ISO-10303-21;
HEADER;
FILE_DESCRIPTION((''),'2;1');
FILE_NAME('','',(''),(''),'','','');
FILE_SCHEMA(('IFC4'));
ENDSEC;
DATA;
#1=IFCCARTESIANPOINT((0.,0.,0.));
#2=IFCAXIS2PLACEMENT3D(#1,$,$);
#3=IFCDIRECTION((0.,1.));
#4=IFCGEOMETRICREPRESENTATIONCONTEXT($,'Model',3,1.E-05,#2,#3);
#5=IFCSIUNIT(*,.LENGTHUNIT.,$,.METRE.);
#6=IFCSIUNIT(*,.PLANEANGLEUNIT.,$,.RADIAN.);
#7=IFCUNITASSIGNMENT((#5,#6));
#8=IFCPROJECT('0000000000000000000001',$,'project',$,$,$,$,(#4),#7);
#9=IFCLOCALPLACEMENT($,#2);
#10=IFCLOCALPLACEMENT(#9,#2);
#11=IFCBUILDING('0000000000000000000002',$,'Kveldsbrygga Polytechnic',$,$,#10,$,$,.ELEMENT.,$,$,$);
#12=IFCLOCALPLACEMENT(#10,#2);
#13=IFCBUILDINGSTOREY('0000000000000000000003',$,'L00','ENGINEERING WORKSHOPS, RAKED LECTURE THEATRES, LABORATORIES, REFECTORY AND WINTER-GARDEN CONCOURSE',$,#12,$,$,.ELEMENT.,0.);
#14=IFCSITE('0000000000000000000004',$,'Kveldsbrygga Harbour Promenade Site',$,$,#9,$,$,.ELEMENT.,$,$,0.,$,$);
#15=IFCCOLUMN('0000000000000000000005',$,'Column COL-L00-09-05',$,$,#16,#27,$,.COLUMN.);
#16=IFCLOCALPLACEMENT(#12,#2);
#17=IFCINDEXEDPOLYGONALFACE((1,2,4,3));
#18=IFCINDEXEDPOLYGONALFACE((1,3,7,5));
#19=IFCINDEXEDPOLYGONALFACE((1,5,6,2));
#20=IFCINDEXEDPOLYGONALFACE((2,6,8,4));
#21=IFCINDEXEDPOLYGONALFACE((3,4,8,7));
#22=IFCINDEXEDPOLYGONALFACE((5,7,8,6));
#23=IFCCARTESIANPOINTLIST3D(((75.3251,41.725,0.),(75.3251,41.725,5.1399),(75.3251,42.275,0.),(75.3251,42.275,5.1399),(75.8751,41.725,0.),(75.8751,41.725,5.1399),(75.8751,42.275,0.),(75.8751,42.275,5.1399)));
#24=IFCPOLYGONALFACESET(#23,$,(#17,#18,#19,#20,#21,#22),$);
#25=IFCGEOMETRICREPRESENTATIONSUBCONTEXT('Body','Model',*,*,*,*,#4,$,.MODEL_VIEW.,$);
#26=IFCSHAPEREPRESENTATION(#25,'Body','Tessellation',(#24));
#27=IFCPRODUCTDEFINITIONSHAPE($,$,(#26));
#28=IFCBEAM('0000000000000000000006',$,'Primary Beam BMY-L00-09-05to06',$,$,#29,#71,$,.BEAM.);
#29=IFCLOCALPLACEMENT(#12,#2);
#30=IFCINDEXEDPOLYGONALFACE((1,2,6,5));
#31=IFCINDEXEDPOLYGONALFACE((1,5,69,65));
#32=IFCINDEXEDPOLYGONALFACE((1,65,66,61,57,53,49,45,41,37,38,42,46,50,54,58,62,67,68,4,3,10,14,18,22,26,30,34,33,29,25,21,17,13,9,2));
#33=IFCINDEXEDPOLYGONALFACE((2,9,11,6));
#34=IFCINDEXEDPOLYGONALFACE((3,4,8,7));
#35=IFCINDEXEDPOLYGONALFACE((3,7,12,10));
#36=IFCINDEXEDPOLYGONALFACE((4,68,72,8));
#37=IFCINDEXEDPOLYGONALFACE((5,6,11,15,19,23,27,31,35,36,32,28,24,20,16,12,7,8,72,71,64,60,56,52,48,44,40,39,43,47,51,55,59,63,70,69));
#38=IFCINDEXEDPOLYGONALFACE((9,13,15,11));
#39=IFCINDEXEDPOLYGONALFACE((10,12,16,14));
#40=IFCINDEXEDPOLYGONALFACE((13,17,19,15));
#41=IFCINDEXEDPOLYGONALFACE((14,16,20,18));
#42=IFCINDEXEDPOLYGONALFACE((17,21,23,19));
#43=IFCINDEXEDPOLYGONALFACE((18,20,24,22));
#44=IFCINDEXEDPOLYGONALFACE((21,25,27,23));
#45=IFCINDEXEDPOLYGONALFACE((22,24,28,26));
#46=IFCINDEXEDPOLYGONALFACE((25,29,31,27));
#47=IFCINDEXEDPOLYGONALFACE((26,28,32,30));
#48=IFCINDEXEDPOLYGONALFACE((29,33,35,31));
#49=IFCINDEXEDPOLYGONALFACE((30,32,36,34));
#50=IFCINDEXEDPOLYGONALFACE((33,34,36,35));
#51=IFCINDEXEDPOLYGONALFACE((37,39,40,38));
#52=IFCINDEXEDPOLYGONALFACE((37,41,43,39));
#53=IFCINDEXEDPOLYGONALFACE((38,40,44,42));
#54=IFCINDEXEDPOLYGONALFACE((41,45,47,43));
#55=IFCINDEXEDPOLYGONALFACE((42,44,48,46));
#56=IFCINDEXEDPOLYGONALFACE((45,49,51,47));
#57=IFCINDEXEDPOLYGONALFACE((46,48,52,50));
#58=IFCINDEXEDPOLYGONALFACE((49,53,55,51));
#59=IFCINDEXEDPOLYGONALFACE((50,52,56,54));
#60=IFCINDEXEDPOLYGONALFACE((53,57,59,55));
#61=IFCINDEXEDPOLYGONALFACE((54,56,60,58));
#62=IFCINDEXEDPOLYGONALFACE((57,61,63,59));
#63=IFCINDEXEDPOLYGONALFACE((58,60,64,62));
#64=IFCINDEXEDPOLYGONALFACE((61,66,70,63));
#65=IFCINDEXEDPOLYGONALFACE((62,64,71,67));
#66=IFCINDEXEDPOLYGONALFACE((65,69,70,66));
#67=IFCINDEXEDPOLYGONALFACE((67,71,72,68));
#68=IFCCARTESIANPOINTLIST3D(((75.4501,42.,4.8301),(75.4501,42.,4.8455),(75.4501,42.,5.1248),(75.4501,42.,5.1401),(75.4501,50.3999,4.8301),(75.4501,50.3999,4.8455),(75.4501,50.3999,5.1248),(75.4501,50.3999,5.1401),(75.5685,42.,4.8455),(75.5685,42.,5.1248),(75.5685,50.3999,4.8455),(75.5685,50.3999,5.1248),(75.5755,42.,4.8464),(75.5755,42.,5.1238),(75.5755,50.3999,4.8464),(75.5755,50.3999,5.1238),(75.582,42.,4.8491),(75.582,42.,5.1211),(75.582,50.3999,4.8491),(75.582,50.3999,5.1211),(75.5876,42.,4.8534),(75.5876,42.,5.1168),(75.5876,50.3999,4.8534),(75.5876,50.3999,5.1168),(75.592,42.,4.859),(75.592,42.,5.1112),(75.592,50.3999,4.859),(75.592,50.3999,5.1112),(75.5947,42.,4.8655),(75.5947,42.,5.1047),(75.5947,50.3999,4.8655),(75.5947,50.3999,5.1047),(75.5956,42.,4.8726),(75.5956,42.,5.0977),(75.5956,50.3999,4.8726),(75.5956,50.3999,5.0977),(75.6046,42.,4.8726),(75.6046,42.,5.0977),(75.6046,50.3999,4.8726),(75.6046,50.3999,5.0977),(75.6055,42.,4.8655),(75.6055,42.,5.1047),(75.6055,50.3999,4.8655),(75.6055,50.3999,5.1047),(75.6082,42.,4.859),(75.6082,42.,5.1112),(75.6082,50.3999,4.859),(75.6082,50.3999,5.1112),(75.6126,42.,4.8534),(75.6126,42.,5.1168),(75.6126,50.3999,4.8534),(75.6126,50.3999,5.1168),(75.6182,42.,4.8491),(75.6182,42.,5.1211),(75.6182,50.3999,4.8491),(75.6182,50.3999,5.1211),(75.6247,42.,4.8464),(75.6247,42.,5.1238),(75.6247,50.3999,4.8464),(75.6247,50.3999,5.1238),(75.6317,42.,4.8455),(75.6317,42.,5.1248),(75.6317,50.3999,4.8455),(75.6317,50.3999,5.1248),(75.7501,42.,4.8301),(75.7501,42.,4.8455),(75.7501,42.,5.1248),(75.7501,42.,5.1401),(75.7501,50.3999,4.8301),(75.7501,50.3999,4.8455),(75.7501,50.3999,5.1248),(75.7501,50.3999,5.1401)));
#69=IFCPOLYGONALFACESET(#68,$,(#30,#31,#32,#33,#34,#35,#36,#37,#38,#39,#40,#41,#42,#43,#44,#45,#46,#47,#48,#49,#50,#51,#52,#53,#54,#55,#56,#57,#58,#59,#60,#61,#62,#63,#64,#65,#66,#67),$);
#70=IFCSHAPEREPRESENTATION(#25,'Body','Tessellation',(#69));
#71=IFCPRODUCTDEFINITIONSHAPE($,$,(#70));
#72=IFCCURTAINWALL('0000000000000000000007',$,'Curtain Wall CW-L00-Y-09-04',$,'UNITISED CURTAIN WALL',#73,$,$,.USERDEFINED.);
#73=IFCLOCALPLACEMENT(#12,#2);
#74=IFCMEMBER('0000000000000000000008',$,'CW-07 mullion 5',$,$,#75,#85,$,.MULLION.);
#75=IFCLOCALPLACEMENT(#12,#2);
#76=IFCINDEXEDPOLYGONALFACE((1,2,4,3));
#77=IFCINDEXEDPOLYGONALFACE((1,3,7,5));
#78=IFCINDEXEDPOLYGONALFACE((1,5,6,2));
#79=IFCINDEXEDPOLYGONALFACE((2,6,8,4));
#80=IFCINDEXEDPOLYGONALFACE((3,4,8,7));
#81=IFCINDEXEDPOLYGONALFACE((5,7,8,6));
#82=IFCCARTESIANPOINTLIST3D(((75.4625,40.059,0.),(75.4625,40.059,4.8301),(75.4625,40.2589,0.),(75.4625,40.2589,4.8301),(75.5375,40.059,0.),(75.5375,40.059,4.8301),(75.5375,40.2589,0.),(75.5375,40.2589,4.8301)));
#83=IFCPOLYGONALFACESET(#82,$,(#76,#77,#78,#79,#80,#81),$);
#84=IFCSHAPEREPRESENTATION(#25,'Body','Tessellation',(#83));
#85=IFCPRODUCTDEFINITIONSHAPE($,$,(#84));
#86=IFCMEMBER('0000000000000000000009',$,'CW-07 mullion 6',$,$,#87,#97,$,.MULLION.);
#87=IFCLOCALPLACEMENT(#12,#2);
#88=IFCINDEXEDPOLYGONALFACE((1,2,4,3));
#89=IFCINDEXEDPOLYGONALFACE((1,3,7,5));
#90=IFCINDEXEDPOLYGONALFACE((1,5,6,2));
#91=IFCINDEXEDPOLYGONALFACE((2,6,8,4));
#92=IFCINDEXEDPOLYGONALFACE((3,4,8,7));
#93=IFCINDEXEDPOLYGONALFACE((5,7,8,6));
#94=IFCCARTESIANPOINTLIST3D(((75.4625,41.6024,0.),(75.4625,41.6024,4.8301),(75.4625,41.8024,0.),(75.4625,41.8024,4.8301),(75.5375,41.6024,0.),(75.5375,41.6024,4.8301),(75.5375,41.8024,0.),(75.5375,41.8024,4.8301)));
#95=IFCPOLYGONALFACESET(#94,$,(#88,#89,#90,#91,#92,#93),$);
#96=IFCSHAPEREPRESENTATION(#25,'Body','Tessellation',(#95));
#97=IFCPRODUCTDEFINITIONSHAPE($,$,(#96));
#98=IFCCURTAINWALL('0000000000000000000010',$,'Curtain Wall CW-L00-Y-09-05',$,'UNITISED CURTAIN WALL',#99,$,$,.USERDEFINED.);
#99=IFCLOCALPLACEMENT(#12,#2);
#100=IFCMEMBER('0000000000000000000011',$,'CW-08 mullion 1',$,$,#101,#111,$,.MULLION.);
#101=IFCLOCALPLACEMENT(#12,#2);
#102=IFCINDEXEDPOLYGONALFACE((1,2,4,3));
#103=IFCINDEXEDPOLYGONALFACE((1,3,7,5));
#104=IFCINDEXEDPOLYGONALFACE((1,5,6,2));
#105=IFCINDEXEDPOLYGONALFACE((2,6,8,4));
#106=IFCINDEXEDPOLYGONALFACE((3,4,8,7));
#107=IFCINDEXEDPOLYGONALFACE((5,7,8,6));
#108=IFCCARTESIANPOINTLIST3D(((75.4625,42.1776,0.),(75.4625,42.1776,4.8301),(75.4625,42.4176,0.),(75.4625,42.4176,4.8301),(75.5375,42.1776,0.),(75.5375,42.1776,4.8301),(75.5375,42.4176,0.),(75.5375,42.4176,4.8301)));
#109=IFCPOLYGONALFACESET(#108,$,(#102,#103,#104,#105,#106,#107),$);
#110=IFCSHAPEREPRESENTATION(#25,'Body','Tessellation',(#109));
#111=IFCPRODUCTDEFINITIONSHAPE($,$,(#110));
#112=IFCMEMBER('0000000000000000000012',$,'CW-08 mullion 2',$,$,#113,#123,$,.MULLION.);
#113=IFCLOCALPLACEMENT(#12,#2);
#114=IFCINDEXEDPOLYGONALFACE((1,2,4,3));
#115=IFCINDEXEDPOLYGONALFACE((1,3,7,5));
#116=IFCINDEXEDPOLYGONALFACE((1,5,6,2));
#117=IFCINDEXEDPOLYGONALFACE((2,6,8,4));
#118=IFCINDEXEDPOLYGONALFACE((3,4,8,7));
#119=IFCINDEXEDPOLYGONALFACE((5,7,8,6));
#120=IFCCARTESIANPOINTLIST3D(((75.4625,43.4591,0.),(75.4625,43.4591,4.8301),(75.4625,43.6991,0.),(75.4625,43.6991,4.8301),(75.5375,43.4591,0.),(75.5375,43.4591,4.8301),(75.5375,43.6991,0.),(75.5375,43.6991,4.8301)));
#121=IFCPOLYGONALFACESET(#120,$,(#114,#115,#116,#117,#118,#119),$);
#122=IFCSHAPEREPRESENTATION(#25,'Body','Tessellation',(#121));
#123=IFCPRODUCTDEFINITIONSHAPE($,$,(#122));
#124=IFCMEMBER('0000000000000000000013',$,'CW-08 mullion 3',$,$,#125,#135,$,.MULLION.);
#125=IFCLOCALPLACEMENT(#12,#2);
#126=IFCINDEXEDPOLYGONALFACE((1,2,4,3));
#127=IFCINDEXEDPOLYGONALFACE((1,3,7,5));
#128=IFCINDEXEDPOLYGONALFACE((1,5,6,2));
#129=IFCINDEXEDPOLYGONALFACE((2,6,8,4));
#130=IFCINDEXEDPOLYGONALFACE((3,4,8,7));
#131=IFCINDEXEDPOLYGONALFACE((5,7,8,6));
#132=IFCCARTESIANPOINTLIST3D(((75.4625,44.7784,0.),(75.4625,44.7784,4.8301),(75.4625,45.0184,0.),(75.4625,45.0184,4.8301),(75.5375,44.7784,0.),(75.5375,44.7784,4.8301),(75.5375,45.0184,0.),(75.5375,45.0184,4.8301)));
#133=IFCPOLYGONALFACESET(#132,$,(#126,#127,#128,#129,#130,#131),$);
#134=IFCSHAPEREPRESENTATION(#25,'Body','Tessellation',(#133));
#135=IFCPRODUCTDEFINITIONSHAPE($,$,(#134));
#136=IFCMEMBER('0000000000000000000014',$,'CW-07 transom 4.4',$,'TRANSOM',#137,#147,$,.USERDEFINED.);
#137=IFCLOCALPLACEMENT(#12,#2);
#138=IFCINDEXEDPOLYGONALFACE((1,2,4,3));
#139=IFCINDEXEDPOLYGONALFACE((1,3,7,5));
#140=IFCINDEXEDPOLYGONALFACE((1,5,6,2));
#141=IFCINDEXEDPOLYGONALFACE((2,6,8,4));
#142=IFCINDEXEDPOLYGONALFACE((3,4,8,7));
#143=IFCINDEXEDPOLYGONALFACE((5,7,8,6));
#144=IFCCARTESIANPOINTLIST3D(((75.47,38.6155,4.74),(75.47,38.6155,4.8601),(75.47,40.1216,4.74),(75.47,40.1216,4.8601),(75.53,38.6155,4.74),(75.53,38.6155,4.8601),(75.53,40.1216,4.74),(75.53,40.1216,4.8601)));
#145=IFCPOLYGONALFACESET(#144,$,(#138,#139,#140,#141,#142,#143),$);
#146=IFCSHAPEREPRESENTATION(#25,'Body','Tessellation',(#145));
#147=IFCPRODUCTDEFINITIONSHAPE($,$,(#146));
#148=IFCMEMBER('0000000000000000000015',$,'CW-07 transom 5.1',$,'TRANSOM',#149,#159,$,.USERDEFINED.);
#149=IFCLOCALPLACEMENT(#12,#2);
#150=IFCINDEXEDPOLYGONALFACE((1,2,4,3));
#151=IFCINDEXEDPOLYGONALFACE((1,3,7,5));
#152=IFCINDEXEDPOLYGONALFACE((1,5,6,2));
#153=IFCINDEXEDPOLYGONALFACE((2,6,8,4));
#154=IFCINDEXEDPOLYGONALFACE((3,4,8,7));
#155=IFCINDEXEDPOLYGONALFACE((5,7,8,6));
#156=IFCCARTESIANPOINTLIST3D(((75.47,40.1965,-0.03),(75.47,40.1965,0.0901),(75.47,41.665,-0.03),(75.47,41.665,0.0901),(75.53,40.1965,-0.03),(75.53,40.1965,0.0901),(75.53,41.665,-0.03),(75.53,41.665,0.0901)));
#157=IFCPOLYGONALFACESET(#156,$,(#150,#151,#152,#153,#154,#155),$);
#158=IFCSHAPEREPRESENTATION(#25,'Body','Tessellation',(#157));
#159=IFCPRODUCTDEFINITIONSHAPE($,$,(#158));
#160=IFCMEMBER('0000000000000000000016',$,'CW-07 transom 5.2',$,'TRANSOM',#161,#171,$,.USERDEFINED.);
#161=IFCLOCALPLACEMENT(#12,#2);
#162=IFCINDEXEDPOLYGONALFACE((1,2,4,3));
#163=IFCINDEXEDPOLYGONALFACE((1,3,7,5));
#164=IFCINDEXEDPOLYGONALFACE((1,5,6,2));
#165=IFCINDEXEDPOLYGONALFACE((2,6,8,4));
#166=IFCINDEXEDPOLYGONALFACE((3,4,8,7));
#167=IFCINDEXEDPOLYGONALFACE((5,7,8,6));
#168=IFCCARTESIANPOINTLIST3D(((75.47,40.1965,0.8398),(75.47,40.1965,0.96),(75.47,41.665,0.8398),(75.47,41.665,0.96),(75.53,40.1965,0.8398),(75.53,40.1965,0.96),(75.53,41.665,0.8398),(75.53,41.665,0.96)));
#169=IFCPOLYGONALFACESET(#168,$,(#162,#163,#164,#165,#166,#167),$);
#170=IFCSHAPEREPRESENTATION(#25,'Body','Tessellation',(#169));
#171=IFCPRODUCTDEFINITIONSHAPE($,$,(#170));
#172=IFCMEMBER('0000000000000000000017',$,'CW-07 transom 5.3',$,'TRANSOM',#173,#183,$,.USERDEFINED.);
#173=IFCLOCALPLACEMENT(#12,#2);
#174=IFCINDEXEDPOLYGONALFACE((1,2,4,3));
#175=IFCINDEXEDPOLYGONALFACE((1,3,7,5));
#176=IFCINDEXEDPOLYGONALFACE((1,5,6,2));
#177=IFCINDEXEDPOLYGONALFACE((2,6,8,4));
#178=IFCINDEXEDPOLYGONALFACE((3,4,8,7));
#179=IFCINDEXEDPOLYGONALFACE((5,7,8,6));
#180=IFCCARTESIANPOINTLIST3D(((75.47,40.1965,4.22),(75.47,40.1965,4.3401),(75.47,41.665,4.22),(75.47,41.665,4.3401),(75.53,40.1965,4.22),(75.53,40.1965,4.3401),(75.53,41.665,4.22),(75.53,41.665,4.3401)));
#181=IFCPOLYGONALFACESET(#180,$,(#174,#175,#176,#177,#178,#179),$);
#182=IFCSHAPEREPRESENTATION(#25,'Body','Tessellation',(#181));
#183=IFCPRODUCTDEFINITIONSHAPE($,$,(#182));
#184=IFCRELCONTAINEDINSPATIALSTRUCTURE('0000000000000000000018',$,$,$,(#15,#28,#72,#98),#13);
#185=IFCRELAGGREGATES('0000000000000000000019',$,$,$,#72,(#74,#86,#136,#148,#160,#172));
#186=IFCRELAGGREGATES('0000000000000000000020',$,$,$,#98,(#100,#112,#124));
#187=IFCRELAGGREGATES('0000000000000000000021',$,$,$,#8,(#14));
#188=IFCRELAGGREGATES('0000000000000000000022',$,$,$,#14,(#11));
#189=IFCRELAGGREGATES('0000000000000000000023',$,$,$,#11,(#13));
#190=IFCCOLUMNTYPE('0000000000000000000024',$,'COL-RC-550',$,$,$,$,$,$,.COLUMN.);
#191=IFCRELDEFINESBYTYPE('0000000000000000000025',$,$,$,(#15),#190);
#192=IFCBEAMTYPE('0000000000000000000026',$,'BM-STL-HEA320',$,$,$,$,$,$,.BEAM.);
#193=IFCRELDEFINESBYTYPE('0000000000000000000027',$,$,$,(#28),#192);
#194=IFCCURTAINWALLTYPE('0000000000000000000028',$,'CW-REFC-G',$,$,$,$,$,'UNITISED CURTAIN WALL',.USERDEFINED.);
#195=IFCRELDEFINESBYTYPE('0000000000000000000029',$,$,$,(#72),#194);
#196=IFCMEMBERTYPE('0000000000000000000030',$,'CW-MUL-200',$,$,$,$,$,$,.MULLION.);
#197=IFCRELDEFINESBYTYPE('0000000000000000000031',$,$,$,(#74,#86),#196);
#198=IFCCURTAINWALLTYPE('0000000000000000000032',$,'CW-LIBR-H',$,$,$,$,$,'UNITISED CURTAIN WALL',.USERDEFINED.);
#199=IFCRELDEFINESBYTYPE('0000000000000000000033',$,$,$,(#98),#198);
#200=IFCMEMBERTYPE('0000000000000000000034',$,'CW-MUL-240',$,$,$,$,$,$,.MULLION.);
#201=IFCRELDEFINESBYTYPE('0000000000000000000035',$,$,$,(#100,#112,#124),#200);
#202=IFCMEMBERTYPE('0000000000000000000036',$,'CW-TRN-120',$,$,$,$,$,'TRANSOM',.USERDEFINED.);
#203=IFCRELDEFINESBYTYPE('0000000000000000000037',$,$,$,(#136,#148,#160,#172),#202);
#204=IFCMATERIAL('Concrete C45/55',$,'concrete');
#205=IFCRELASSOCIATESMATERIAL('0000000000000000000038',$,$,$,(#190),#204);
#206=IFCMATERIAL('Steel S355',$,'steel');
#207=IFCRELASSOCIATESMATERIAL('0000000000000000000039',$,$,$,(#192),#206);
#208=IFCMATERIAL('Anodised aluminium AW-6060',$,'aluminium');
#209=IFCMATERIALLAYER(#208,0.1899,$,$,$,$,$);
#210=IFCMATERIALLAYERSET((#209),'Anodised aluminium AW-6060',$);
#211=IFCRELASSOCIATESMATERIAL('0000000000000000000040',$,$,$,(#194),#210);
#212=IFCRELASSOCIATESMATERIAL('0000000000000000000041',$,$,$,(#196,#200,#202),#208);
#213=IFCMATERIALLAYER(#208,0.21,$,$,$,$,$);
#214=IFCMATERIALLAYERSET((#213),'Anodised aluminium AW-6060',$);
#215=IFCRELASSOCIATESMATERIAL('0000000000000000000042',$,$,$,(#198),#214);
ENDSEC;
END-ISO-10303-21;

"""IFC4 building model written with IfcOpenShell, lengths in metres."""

from ifc_helpers import new_model, si_unit, direction, frame, origin, origin_2d, place, context, subcontext, project, spatial, rectangle, i_section, extrude, material, layer, layer_set, material_profile, profile_set, type_object, element, aggregate, save


model = new_model("IFC4")

# Units and contexts
model_context = context("Model", 3, precision=1e-05, world=origin(), true_north=direction((0.0, 1.0)))
body_context = subcontext(model_context, "Body", "Model", "MODEL_VIEW")
ifc_project = project(units=[si_unit("LENGTHUNIT", "METRE"), si_unit("PLANEANGLEUNIT", "RADIAN")], contexts=[model_context])

# Site, building, storey
site_placement = place(None, origin())
site = spatial("IfcSite", under=ifc_project, at=site_placement, Name="Kveldsbrygga Harbour Promenade Site", CompositionType="ELEMENT", RefElevation=0.0)
building_placement = place(site_placement, origin())
building = spatial("IfcBuilding", under=site, at=building_placement, Name="Kveldsbrygga Polytechnic", CompositionType="ELEMENT")
storey_placement = place(building_placement, origin())
storey = spatial("IfcBuildingStorey", under=building, at=storey_placement, Name="L00", Description="ENGINEERING WORKSHOPS, RAKED LECTURE THEATRES, LABORATORIES, REFECTORY AND WINTER-GARDEN CONCOURSE", CompositionType="ELEMENT", Elevation=0.0)

# Column
ifc_material_1 = material(Name="Concrete C45/55", Category="concrete")
ifc_material_profile_1 = material_profile(ifc_material_1, rectangle(XDim=0.55, YDim=0.55, at=origin_2d()), Name="RC 550x550")
ifc_profile_set_1 = profile_set([ifc_material_profile_1], Name="Concrete C45/55")
column_type = type_object("IfcColumnType", Name="COL-RC-550", PredefinedType="COLUMN", material=ifc_profile_set_1)
column_placement = place(storey_placement, frame((75.6001, 42.0, 0.0), z_axis=(0.0, 0.0, 1.0), x_axis=(1.0, 0.0, 0.0)))
element("IfcColumn", 1, at=column_placement, inside=storey, type_object=column_type, Name="Column COL-L00-09-05", PredefinedType="COLUMN", context=body_context, shape_type="SweptSolid", body=[
    extrude(rectangle(XDim=0.55, YDim=0.55, at=origin_2d()), origin(), (0.0, 0.0, 1.0), 5.1399),
])

# Beam
ifc_material_2 = material(Name="Steel S355", Category="steel")
ifc_material_profile_2 = material_profile(ifc_material_2, i_section(OverallWidth=0.3, OverallDepth=0.3101, WebThickness=0.009, FlangeThickness=0.0154, FilletRadius=0.0271, at=origin_2d()), Name="HEA 320")
ifc_profile_set_2 = profile_set([ifc_material_profile_2], Name="Steel S355")
beam_type = type_object("IfcBeamType", Name="BM-STL-HEA320", PredefinedType="BEAM", material=ifc_profile_set_2)
beam_placement = place(storey_placement, frame((75.6001, 42.0, 4.9851), z_axis=(0.0, 1.0, 0.0), x_axis=(-1.0, 0.0, 0.0)))
element("IfcBeam", 2, at=beam_placement, inside=storey, type_object=beam_type, Name="Primary Beam BMY-L00-09-05to06", PredefinedType="BEAM", context=body_context, shape_type="SweptSolid", body=[
    extrude(i_section(OverallWidth=0.3, OverallDepth=0.3101, WebThickness=0.009, FlangeThickness=0.0154, FilletRadius=0.0271, at=origin_2d()), origin(), (0.0, 0.0, 1.0), 8.3999),
])

# Curtain walls, members
ifc_material_3 = material(Name="Anodised aluminium AW-6060", Category="aluminium")
ifc_layer_1 = layer(ifc_material_3, 0.1899)
ifc_layer_set_1 = layer_set([ifc_layer_1], Name="Anodised aluminium AW-6060")
curtain_wall_type_1 = type_object("IfcCurtainWallType", Name="CW-REFC-G", ElementType="UNITISED CURTAIN WALL", PredefinedType="USERDEFINED", material=ifc_layer_set_1)
curtain_wall_1_placement = place(storey_placement, origin())
curtain_wall_1 = element("IfcCurtainWall", 3, at=curtain_wall_1_placement, inside=storey, type_object=curtain_wall_type_1, Name="Curtain Wall CW-L00-Y-09-04", ObjectType="UNITISED CURTAIN WALL", PredefinedType="USERDEFINED")
ifc_material_profile_3 = material_profile(ifc_material_3, rectangle(XDim=0.075, YDim=0.2, at=origin_2d()), Name="ALU 75x200")
ifc_profile_set_3 = profile_set([ifc_material_profile_3], Name="Anodised aluminium AW-6060")
member_type_1 = type_object("IfcMemberType", Name="CW-MUL-200", PredefinedType="MULLION", material=ifc_profile_set_3)
member_1_placement = place(storey_placement, frame((75.5, 40.1589, 0.0), z_axis=(0.0, 0.0, 1.0), x_axis=(-1.0, 0.0, 0.0)))
member_1 = element("IfcMember", 4, at=member_1_placement, type_object=member_type_1, Name="CW-07 mullion 5", PredefinedType="MULLION", context=body_context, shape_type="SweptSolid", body=[
    extrude(rectangle(XDim=0.075, YDim=0.2, at=origin_2d()), origin(), (0.0, 0.0, 1.0), 4.8301),
])
member_2_placement = place(storey_placement, frame((75.5, 41.7024, 0.0), z_axis=(0.0, 0.0, 1.0), x_axis=(-1.0, 0.0, 0.0)))
member_2 = element("IfcMember", 5, at=member_2_placement, type_object=member_type_1, Name="CW-07 mullion 6", PredefinedType="MULLION", context=body_context, shape_type="SweptSolid", body=[
    extrude(rectangle(XDim=0.075, YDim=0.2, at=origin_2d()), origin(), (0.0, 0.0, 1.0), 4.8301),
])
ifc_layer_2 = layer(ifc_material_3, 0.21)
ifc_layer_set_2 = layer_set([ifc_layer_2], Name="Anodised aluminium AW-6060")
curtain_wall_type_2 = type_object("IfcCurtainWallType", Name="CW-LIBR-H", ElementType="UNITISED CURTAIN WALL", PredefinedType="USERDEFINED", material=ifc_layer_set_2)
curtain_wall_2_placement = place(storey_placement, origin())
curtain_wall_2 = element("IfcCurtainWall", 6, at=curtain_wall_2_placement, inside=storey, type_object=curtain_wall_type_2, Name="Curtain Wall CW-L00-Y-09-05", ObjectType="UNITISED CURTAIN WALL", PredefinedType="USERDEFINED")
ifc_material_profile_4 = material_profile(ifc_material_3, rectangle(XDim=0.075, YDim=0.24, at=origin_2d()), Name="ALU 75x240")
ifc_profile_set_4 = profile_set([ifc_material_profile_4], Name="Anodised aluminium AW-6060")
member_type_2 = type_object("IfcMemberType", Name="CW-MUL-240", PredefinedType="MULLION", material=ifc_profile_set_4)
member_3_placement = place(storey_placement, frame((75.5, 42.2976, 0.0), z_axis=(0.0, 0.0, 1.0), x_axis=(-1.0, 0.0, 0.0)))
member_3 = element("IfcMember", 7, at=member_3_placement, type_object=member_type_2, Name="CW-08 mullion 1", PredefinedType="MULLION", context=body_context, shape_type="SweptSolid", body=[
    extrude(rectangle(XDim=0.075, YDim=0.24, at=origin_2d()), origin(), (0.0, 0.0, 1.0), 4.8301),
])
member_4_placement = place(storey_placement, frame((75.5, 43.5791, 0.0), z_axis=(0.0, 0.0, 1.0), x_axis=(-1.0, 0.0, 0.0)))
member_4 = element("IfcMember", 8, at=member_4_placement, type_object=member_type_2, Name="CW-08 mullion 2", PredefinedType="MULLION", context=body_context, shape_type="SweptSolid", body=[
    extrude(rectangle(XDim=0.075, YDim=0.24, at=origin_2d()), origin(), (0.0, 0.0, 1.0), 4.8301),
])
member_5_placement = place(storey_placement, frame((75.5, 44.8984, 0.0), z_axis=(0.0, 0.0, 1.0), x_axis=(-1.0, 0.0, 0.0)))
member_5 = element("IfcMember", 9, at=member_5_placement, type_object=member_type_2, Name="CW-08 mullion 3", PredefinedType="MULLION", context=body_context, shape_type="SweptSolid", body=[
    extrude(rectangle(XDim=0.075, YDim=0.24, at=origin_2d()), origin(), (0.0, 0.0, 1.0), 4.8301),
])

# Members
ifc_material_profile_5 = material_profile(ifc_material_3, rectangle(XDim=0.0601, YDim=0.1201, at=origin_2d()), Name="ALU 60x120")
ifc_profile_set_5 = profile_set([ifc_material_profile_5], Name="Anodised aluminium AW-6060")
member_type_3 = type_object("IfcMemberType", Name="CW-TRN-120", ElementType="TRANSOM", PredefinedType="USERDEFINED", material=ifc_profile_set_5)
member_6_placement = place(storey_placement, frame((75.5, 38.6155, 4.8), z_axis=(0.0, 1.0, 0.0), x_axis=(-1.0, 0.0, 0.0)))
member_6 = element("IfcMember", 10, at=member_6_placement, type_object=member_type_3, Name="CW-07 transom 4.4", ObjectType="TRANSOM", PredefinedType="USERDEFINED", context=body_context, shape_type="SweptSolid", body=[
    extrude(rectangle(XDim=0.0601, YDim=0.1201, at=origin_2d()), origin(), (0.0, 0.0, 1.0), 1.5061),
])
member_7_placement = place(storey_placement, frame((75.5, 40.1965, 0.03), z_axis=(0.0, 1.0, 0.0), x_axis=(-1.0, 0.0, 0.0)))
member_7 = element("IfcMember", 11, at=member_7_placement, type_object=member_type_3, Name="CW-07 transom 5.1", ObjectType="TRANSOM", PredefinedType="USERDEFINED", context=body_context, shape_type="SweptSolid", body=[
    extrude(rectangle(XDim=0.0601, YDim=0.1201, at=origin_2d()), origin(), (0.0, 0.0, 1.0), 1.4685),
])
member_8_placement = place(storey_placement, frame((75.5, 40.1965, 0.8999), z_axis=(0.0, 1.0, 0.0), x_axis=(-1.0, 0.0, 0.0)))
member_8 = element("IfcMember", 12, at=member_8_placement, type_object=member_type_3, Name="CW-07 transom 5.2", ObjectType="TRANSOM", PredefinedType="USERDEFINED", context=body_context, shape_type="SweptSolid", body=[
    extrude(rectangle(XDim=0.0601, YDim=0.1201, at=origin_2d()), origin(), (0.0, 0.0, 1.0), 1.4685),
])
member_9_placement = place(storey_placement, frame((75.5, 40.1965, 4.28), z_axis=(0.0, 1.0, 0.0), x_axis=(-1.0, 0.0, 0.0)))
member_9 = element("IfcMember", 13, at=member_9_placement, type_object=member_type_3, Name="CW-07 transom 5.3", ObjectType="TRANSOM", PredefinedType="USERDEFINED", context=body_context, shape_type="SweptSolid", body=[
    extrude(rectangle(XDim=0.0601, YDim=0.1201, at=origin_2d()), origin(), (0.0, 0.0, 1.0), 1.4685),
])

aggregate(curtain_wall_1, [member_1, member_2, member_6, member_7, member_8, member_9])
aggregate(curtain_wall_2, [member_3, member_4, member_5])

save(model, "model.ifc")
